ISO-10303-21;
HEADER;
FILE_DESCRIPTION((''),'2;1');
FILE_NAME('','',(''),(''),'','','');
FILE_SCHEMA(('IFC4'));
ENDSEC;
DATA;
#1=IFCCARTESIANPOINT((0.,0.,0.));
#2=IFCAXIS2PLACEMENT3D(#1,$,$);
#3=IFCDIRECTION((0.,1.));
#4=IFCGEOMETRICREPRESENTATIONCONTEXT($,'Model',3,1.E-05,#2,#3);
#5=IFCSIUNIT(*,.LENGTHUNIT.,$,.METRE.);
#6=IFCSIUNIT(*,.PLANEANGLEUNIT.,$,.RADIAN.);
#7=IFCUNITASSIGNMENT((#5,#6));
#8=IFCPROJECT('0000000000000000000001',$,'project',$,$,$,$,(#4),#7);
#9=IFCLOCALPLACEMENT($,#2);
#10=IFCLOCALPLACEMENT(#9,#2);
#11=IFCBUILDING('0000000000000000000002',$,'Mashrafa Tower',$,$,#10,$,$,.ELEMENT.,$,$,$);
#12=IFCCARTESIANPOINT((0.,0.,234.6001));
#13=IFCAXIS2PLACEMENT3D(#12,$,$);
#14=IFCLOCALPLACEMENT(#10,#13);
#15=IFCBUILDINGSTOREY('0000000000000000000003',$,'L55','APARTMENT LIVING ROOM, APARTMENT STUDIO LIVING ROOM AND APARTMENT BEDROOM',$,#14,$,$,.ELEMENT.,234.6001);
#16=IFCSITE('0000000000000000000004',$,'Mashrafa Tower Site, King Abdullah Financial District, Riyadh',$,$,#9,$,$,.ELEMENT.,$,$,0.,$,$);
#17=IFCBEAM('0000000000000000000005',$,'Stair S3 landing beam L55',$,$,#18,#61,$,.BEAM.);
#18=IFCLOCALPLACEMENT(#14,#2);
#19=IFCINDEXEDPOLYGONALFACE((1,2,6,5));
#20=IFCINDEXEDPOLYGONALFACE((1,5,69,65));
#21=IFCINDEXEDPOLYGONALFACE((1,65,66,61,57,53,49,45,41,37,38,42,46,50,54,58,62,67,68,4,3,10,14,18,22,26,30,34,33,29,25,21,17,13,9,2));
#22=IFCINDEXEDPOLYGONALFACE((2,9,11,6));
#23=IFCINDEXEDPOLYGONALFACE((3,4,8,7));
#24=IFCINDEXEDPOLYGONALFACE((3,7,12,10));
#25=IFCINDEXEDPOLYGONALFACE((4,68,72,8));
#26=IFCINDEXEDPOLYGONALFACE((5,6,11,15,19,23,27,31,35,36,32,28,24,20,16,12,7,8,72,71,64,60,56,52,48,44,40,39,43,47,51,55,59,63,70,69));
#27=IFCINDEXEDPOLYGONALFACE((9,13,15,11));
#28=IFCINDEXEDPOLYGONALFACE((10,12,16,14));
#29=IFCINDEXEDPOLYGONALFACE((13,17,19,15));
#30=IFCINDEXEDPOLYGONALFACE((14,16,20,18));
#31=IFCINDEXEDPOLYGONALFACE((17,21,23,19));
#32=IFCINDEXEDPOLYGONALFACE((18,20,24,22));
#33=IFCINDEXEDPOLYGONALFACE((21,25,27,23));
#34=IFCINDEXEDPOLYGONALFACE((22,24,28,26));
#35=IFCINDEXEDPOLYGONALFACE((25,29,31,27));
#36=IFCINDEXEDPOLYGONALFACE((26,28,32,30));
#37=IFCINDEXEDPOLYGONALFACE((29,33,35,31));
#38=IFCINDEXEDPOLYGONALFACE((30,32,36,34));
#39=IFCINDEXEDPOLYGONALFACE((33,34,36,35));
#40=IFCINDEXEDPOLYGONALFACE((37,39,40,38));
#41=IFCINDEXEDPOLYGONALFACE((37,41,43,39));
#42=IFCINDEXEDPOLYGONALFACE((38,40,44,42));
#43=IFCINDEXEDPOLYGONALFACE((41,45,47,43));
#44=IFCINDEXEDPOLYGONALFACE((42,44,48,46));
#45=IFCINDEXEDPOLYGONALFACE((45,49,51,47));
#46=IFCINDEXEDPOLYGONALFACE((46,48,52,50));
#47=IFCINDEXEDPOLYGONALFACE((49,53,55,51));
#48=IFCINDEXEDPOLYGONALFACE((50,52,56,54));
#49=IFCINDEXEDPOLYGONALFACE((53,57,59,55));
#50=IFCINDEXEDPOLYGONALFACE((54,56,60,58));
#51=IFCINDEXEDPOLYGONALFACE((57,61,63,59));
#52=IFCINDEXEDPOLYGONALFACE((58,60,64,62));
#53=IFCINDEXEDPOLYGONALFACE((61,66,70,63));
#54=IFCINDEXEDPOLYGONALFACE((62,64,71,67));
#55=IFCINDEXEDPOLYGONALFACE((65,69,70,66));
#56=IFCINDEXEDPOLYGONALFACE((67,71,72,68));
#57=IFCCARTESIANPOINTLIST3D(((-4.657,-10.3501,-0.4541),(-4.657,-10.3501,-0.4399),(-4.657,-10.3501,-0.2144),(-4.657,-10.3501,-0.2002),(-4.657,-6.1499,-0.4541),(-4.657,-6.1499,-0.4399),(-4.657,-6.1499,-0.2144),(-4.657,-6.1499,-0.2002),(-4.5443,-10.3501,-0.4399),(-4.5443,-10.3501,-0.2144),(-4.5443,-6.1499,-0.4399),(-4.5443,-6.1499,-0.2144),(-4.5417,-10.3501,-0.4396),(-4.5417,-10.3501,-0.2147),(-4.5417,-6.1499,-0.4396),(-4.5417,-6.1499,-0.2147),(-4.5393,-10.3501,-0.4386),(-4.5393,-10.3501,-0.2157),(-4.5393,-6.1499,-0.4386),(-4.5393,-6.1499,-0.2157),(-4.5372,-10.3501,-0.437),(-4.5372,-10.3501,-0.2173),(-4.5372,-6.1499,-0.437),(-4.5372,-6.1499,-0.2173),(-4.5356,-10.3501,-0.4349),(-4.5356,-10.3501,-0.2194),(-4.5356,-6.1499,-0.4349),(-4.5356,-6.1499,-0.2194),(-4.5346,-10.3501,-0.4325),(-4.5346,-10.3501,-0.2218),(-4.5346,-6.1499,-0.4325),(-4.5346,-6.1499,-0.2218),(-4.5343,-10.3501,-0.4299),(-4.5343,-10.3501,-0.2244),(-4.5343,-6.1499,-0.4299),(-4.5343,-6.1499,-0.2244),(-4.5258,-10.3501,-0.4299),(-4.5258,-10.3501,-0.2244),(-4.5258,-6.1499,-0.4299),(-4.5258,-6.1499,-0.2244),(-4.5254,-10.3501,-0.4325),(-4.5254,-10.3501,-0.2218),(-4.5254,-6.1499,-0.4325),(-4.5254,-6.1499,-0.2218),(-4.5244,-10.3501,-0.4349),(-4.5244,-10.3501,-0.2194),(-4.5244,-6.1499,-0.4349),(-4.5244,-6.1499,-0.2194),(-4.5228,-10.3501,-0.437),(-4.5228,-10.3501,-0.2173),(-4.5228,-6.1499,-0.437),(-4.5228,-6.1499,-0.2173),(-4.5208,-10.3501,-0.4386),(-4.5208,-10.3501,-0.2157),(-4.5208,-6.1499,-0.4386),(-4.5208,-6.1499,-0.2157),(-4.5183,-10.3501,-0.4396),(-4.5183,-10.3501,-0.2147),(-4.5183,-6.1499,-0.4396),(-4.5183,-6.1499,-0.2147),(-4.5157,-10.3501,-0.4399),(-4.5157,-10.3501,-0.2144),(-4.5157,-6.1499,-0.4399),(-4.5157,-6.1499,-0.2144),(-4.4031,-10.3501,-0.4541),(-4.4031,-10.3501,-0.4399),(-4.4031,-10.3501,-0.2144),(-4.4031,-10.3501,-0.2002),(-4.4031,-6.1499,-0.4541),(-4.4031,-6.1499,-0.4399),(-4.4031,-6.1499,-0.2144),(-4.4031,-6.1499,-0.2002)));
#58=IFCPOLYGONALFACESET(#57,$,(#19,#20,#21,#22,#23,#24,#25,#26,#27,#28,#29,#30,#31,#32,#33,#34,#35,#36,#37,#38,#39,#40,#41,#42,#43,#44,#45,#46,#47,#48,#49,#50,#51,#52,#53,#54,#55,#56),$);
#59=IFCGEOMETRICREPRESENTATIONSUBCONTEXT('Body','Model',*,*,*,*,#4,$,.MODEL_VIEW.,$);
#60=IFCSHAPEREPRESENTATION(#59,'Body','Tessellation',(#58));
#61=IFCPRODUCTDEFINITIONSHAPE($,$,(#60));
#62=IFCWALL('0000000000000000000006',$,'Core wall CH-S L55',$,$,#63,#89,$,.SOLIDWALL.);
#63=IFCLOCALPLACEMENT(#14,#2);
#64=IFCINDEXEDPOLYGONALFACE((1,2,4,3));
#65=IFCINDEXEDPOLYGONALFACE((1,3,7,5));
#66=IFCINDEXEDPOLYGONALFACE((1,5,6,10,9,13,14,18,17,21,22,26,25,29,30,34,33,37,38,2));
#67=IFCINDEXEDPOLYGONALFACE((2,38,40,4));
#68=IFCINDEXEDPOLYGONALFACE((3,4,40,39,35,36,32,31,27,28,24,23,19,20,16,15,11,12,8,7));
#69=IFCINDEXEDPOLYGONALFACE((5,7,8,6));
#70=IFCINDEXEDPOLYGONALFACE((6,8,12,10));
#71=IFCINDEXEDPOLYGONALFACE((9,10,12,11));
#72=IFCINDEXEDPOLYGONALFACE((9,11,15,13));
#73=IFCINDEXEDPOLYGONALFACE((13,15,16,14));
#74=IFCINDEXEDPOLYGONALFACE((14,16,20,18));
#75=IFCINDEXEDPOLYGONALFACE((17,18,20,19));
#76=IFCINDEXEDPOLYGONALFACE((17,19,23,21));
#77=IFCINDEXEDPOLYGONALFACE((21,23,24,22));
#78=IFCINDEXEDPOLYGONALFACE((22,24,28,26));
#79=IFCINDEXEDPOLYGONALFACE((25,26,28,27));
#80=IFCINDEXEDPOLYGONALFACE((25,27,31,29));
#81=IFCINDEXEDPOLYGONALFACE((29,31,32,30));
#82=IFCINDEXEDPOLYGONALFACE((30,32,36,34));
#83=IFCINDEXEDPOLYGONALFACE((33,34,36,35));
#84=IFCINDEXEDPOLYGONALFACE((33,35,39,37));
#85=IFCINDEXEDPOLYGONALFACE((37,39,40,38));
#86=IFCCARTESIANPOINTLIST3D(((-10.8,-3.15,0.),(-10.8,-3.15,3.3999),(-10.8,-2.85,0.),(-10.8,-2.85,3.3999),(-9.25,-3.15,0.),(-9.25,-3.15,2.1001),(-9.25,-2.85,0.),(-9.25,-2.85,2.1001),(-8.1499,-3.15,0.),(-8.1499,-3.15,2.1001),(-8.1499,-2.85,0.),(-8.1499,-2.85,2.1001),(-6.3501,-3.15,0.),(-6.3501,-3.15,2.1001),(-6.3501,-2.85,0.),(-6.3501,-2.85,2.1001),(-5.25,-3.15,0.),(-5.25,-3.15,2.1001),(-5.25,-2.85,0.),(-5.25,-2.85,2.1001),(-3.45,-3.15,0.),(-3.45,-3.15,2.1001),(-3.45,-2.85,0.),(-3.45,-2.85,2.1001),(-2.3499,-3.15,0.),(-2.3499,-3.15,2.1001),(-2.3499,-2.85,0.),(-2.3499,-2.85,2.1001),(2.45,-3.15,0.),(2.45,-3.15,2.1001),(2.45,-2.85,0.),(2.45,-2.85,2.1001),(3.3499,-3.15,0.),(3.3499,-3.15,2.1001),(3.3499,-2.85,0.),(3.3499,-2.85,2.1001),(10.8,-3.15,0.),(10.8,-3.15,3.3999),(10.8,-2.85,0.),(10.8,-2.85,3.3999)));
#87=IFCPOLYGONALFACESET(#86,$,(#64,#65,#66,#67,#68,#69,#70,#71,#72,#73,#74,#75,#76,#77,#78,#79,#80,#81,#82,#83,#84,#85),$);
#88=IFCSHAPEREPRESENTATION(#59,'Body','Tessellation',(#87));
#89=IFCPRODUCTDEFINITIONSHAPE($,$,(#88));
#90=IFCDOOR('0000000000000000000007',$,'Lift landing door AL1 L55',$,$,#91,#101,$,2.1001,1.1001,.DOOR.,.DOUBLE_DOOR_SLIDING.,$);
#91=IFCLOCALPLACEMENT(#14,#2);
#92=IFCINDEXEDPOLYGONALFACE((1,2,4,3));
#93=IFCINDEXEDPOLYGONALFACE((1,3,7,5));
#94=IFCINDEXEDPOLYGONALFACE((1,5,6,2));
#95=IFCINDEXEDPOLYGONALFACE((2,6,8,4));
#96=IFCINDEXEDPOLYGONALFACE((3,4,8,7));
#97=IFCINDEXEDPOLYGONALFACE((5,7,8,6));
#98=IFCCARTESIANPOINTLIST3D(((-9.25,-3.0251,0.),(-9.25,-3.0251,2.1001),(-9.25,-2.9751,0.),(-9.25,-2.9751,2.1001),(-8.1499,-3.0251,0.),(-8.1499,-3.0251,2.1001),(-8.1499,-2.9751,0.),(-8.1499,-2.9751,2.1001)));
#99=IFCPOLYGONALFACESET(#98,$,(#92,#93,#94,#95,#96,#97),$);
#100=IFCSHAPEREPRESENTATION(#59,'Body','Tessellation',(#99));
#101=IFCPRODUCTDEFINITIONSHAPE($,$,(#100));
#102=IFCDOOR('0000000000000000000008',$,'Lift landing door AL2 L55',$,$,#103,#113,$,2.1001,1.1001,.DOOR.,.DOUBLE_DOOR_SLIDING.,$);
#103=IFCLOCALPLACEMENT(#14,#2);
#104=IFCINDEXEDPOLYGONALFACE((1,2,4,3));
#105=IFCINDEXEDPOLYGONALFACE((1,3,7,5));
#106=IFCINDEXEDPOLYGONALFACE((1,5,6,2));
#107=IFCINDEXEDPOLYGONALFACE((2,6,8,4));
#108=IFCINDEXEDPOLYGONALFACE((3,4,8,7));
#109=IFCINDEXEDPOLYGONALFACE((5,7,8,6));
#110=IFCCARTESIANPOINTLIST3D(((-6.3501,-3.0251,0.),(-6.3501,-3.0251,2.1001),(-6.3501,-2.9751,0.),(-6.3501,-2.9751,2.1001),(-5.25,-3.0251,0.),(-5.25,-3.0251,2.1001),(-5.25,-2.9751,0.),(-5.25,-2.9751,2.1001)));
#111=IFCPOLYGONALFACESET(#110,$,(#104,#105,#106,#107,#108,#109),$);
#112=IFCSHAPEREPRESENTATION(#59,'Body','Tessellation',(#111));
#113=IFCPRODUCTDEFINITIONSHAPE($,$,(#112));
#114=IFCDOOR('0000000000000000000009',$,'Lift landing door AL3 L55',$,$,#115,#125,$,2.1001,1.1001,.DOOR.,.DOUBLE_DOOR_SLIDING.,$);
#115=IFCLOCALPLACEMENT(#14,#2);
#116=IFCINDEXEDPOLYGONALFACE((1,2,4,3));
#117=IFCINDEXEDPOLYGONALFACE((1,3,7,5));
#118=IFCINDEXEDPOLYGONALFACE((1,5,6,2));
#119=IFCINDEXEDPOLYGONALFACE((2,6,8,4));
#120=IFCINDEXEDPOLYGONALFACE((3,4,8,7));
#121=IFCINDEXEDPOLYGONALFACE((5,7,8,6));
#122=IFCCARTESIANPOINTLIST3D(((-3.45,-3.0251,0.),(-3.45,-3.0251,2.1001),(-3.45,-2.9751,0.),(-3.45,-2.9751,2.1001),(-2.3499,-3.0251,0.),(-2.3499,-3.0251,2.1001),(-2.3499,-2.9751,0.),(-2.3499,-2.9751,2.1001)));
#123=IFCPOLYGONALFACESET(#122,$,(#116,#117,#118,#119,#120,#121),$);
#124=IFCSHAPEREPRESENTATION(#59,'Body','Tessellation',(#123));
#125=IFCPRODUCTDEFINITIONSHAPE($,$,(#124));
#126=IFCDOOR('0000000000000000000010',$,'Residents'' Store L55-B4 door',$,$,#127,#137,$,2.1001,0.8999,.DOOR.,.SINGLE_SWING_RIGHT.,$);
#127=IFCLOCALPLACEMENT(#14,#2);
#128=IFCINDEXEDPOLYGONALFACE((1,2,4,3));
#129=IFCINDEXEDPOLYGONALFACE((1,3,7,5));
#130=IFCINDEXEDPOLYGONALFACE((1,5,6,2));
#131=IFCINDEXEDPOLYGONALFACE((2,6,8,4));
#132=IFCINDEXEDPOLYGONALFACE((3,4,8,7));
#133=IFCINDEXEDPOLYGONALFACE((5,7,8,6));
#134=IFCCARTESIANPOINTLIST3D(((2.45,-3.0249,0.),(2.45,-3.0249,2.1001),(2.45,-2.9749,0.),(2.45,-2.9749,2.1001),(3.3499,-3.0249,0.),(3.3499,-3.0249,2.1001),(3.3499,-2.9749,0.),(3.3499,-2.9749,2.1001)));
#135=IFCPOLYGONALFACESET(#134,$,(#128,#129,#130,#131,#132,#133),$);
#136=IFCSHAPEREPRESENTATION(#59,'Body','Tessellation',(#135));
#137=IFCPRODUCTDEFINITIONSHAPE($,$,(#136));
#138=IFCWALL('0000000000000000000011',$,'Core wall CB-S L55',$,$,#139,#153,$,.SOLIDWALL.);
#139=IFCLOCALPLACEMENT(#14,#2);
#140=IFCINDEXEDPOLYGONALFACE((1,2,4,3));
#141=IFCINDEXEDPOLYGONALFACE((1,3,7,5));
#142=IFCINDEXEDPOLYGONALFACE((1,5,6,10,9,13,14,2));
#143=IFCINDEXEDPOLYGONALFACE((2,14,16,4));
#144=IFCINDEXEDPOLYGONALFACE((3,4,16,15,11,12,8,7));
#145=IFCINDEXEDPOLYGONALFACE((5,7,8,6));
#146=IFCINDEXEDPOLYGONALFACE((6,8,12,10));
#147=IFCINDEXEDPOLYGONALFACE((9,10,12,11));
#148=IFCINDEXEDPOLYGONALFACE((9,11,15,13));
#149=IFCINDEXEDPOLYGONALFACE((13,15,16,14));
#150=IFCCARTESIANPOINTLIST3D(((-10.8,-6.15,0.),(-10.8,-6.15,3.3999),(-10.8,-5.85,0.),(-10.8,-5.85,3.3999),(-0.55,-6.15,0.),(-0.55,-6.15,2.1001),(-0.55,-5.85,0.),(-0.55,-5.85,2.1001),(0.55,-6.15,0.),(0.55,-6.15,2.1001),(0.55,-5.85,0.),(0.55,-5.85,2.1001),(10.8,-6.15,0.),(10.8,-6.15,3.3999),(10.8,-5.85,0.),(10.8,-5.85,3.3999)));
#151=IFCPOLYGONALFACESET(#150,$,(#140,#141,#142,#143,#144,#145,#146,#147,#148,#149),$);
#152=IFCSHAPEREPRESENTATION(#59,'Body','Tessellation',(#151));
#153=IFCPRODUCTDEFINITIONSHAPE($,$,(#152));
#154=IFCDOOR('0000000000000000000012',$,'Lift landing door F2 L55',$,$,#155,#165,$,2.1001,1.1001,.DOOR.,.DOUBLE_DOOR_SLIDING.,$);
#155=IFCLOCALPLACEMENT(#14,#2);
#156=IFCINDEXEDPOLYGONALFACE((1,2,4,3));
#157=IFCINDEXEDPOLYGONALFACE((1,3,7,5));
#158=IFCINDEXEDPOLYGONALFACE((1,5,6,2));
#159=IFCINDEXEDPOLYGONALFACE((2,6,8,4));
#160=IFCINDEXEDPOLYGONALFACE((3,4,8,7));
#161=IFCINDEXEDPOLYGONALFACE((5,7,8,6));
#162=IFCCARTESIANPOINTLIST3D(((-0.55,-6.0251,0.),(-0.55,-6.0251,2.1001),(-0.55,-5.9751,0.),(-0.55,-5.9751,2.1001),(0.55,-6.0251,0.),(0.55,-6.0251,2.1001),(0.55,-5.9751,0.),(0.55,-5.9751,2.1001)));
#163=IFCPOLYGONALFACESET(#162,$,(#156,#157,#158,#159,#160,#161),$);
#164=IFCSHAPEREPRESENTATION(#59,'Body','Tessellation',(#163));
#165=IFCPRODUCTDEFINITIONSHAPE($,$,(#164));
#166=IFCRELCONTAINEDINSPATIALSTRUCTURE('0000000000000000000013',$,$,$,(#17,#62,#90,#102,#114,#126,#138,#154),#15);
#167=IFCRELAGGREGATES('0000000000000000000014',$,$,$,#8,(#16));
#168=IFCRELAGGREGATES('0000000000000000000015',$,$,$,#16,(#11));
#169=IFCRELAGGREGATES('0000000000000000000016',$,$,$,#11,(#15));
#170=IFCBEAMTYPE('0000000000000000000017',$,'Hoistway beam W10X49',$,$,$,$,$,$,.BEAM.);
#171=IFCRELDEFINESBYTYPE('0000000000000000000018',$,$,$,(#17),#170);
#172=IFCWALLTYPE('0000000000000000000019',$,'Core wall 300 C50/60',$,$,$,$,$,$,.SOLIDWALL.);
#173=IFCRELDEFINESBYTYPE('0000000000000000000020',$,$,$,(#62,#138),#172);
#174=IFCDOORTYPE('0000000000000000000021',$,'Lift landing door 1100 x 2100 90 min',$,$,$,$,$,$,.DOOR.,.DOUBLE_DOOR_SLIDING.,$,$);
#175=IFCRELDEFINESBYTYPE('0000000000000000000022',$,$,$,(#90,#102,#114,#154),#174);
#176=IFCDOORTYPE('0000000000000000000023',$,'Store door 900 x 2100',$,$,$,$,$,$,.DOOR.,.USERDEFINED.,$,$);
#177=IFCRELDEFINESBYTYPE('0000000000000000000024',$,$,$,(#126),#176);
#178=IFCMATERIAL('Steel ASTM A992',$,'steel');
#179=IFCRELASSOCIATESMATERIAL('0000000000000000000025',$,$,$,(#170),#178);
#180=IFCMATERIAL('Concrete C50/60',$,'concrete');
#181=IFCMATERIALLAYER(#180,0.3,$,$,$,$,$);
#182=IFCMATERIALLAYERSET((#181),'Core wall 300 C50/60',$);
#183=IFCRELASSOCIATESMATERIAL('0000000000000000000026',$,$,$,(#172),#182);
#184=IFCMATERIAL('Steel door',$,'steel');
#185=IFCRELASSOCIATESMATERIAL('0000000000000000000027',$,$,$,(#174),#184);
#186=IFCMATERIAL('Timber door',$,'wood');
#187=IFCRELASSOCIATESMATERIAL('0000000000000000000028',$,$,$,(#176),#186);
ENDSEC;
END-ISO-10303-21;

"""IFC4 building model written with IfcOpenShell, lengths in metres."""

from ifc_helpers import new_model, si_unit, direction, frame, frame_2d, origin, origin_2d, place, context, subcontext, project, spatial, rectangle, i_section, extrude, material, layer, layer_set, material_profile, profile_set, type_object, element, fill, save


model = new_model("IFC4")

# Units and contexts
model_context = context("Model", 3, precision=1e-05, world=origin(), true_north=direction((0.0, 1.0)))
body_context = subcontext(model_context, "Body", "Model", "MODEL_VIEW")
ifc_project = project(units=[si_unit("LENGTHUNIT", "METRE"), si_unit("PLANEANGLEUNIT", "RADIAN")], contexts=[model_context])

# Site, building, storey
site_placement = place(None, origin())
site = spatial("IfcSite", under=ifc_project, at=site_placement, Name="Mashrafa Tower Site, King Abdullah Financial District, Riyadh", CompositionType="ELEMENT", RefElevation=0.0)
building_placement = place(site_placement, origin())
building = spatial("IfcBuilding", under=site, at=building_placement, Name="Mashrafa Tower", CompositionType="ELEMENT")
storey_placement = place(building_placement, frame((0.0, 0.0, 234.6001)))
storey = spatial("IfcBuildingStorey", under=building, at=storey_placement, Name="L55", Description="APARTMENT LIVING ROOM, APARTMENT STUDIO LIVING ROOM AND APARTMENT BEDROOM", CompositionType="ELEMENT", Elevation=234.6001)

# Beam
ifc_material_1 = material(Name="Steel ASTM A992", Category="steel")
ifc_material_profile_1 = material_profile(ifc_material_1, i_section(OverallWidth=0.2539, OverallDepth=0.2539, WebThickness=0.0085, FlangeThickness=0.0142, FilletRadius=0.01, at=origin_2d()), Name="W10X49")
ifc_profile_set_1 = profile_set([ifc_material_profile_1], Name="Steel ASTM A992")
beam_type_1 = type_object("IfcBeamType", Name="Hoistway beam W10X49", PredefinedType="BEAM", material=ifc_profile_set_1)
beam_1_placement = place(storey_placement, frame((-4.53, -10.3501, -0.3271), z_axis=(0.0, 1.0, 0.0), x_axis=(-1.0, 0.0, 0.0)))
element("IfcBeam", 1, at=beam_1_placement, inside=storey, type_object=beam_type_1, Name="Stair S3 landing beam L55", PredefinedType="BEAM", context=body_context, shape_type="SweptSolid", body=[
    extrude(i_section(OverallWidth=0.2539, OverallDepth=0.2539, WebThickness=0.0085, FlangeThickness=0.0142, FilletRadius=0.01, at=origin_2d()), origin(), (0.0, 0.0, 1.0), 4.2002),
])

# Wall, openings, doors
ifc_material_2 = material(Name="Concrete C50/60", Category="concrete")
ifc_layer_1 = layer(ifc_material_2, 0.3)
ifc_layer_set_1 = layer_set([ifc_layer_1], Name="Core wall 300 C50/60")
wall_type_1 = type_object("IfcWallType", Name="Core wall 300 C50/60", PredefinedType="SOLIDWALL", material=ifc_layer_set_1)
wall_1_placement = place(storey_placement, frame((-10.8, -3.0, 0.0), z_axis=(0.0, 0.0, 1.0), x_axis=(1.0, 0.0, 0.0)))
wall_1 = element("IfcWall", 2, at=wall_1_placement, inside=storey, type_object=wall_type_1, Name="Core wall CH-S L55", PredefinedType="SOLIDWALL", context=body_context, shape_type="SweptSolid", body=[
    extrude(rectangle(XDim=21.6001, YDim=0.3, at=frame_2d((10.8, 0.0))), origin(), (0.0, 0.0, 1.0), 3.3999),
])
opening_1_placement = place(wall_1_placement, frame((13.25, 0.0, 0.0)))
opening_1 = element("IfcOpeningElement", 3, at=opening_1_placement, cuts=wall_1, PredefinedType="OPENING", context=body_context, shape_type="SweptSolid", body=[
    extrude(rectangle(XDim=0.8999, YDim=2.1001, at=frame_2d((0.45, 1.05))), frame((0.0, 0.1599, 0.0), z_axis=(0.0, -1.0, 0.0), x_axis=(1.0, 0.0, 0.0)), (0.0, 0.0, 1.0), 0.3201),
])
opening_2_placement = place(wall_1_placement, frame((1.55, 0.0, 0.0)))
opening_2 = element("IfcOpeningElement", 4, at=opening_2_placement, cuts=wall_1, PredefinedType="OPENING", context=body_context, shape_type="SweptSolid", body=[
    extrude(rectangle(XDim=1.1001, YDim=2.1001, at=frame_2d((0.55, 1.05))), frame((0.0, 0.1599, 0.0), z_axis=(0.0, -1.0, 0.0), x_axis=(1.0, 0.0, 0.0)), (0.0, 0.0, 1.0), 0.3201),
])
opening_3_placement = place(wall_1_placement, frame((4.45, 0.0, 0.0)))
opening_3 = element("IfcOpeningElement", 5, at=opening_3_placement, cuts=wall_1, PredefinedType="OPENING", context=body_context, shape_type="SweptSolid", body=[
    extrude(rectangle(XDim=1.1001, YDim=2.1001, at=frame_2d((0.55, 1.05))), frame((0.0, 0.1599, 0.0), z_axis=(0.0, -1.0, 0.0), x_axis=(1.0, 0.0, 0.0)), (0.0, 0.0, 1.0), 0.3201),
])
opening_4_placement = place(wall_1_placement, frame((7.3501, 0.0, 0.0)))
opening_4 = element("IfcOpeningElement", 6, at=opening_4_placement, cuts=wall_1, PredefinedType="OPENING", context=body_context, shape_type="SweptSolid", body=[
    extrude(rectangle(XDim=1.1001, YDim=2.1001, at=frame_2d((0.55, 1.05))), frame((0.0, 0.1599, 0.0), z_axis=(0.0, -1.0, 0.0), x_axis=(1.0, 0.0, 0.0)), (0.0, 0.0, 1.0), 0.3201),
])
ifc_material_3 = material(Name="Steel door", Category="steel")
door_type_1 = type_object("IfcDoorType", Name="Lift landing door 1100 x 2100 90 min", OperationType="DOUBLE_DOOR_SLIDING", PredefinedType="DOOR", material=ifc_material_3)
door_1_placement = place(opening_2_placement, origin())
door_1 = element("IfcDoor", 7, at=door_1_placement, inside=storey, type_object=door_type_1, Name="Lift landing door AL1 L55", OperationType="DOUBLE_DOOR_SLIDING", OverallHeight=2.1001, OverallWidth=1.1001, PredefinedType="DOOR", context=body_context, shape_type="SweptSolid", body=[
    extrude(rectangle(XDim=1.1001, YDim=2.1001, at=frame_2d((0.55, 1.05))), frame((0.0, 0.0249, 0.0), z_axis=(0.0, -1.0, 0.0), x_axis=(1.0, 0.0, 0.0)), (0.0, 0.0, 1.0), 0.05),
])
fill(opening_2, door_1)
door_2_placement = place(opening_3_placement, origin())
door_2 = element("IfcDoor", 8, at=door_2_placement, inside=storey, type_object=door_type_1, Name="Lift landing door AL2 L55", OperationType="DOUBLE_DOOR_SLIDING", OverallHeight=2.1001, OverallWidth=1.1001, PredefinedType="DOOR", context=body_context, shape_type="SweptSolid", body=[
    extrude(rectangle(XDim=1.1001, YDim=2.1001, at=frame_2d((0.55, 1.05))), frame((0.0, 0.0249, 0.0), z_axis=(0.0, -1.0, 0.0), x_axis=(1.0, 0.0, 0.0)), (0.0, 0.0, 1.0), 0.05),
])
fill(opening_3, door_2)
door_3_placement = place(opening_4_placement, origin())
door_3 = element("IfcDoor", 9, at=door_3_placement, inside=storey, type_object=door_type_1, Name="Lift landing door AL3 L55", OperationType="DOUBLE_DOOR_SLIDING", OverallHeight=2.1001, OverallWidth=1.1001, PredefinedType="DOOR", context=body_context, shape_type="SweptSolid", body=[
    extrude(rectangle(XDim=1.1001, YDim=2.1001, at=frame_2d((0.55, 1.05))), frame((0.0, 0.0249, 0.0), z_axis=(0.0, -1.0, 0.0), x_axis=(1.0, 0.0, 0.0)), (0.0, 0.0, 1.0), 0.05),
])
fill(opening_4, door_3)
ifc_material_4 = material(Name="Timber door", Category="wood")
door_type_2 = type_object("IfcDoorType", Name="Store door 900 x 2100", OperationType="USERDEFINED", PredefinedType="DOOR", material=ifc_material_4)
door_4_placement = place(opening_1_placement, frame((0.8999, 0.0, 0.0), z_axis=(0.0, 0.0, 1.0), x_axis=(-1.0, 0.0, 0.0)))
door_4 = element("IfcDoor", 10, at=door_4_placement, inside=storey, type_object=door_type_2, Name="Residents' Store L55-B4 door", OperationType="SINGLE_SWING_RIGHT", OverallHeight=2.1001, OverallWidth=0.8999, PredefinedType="DOOR", context=body_context, shape_type="SweptSolid", body=[
    extrude(rectangle(XDim=0.8999, YDim=2.1001, at=frame_2d((0.45, 1.05))), frame((0.0, 0.0249, 0.0), z_axis=(0.0, -1.0, 0.0), x_axis=(1.0, 0.0, 0.0)), (0.0, 0.0, 1.0), 0.05),
])
fill(opening_1, door_4)

# Wall, opening, door
wall_2_placement = place(storey_placement, frame((-10.8, -6.0, 0.0), z_axis=(0.0, 0.0, 1.0), x_axis=(1.0, 0.0, 0.0)))
wall_2 = element("IfcWall", 11, at=wall_2_placement, inside=storey, type_object=wall_type_1, Name="Core wall CB-S L55", PredefinedType="SOLIDWALL", context=body_context, shape_type="SweptSolid", body=[
    extrude(rectangle(XDim=21.6001, YDim=0.3, at=frame_2d((10.8, 0.0))), origin(), (0.0, 0.0, 1.0), 3.3999),
])
opening_5_placement = place(wall_2_placement, frame((10.25, 0.0, 0.0)))
opening_5 = element("IfcOpeningElement", 12, at=opening_5_placement, cuts=wall_2, PredefinedType="OPENING", context=body_context, shape_type="SweptSolid", body=[
    extrude(rectangle(XDim=1.1001, YDim=2.1001, at=frame_2d((0.55, 1.05))), frame((0.0, 0.1599, 0.0), z_axis=(0.0, -1.0, 0.0), x_axis=(1.0, 0.0, 0.0)), (0.0, 0.0, 1.0), 0.3201),
])
door_5_placement = place(opening_5_placement, origin())
door_5 = element("IfcDoor", 13, at=door_5_placement, inside=storey, type_object=door_type_1, Name="Lift landing door F2 L55", OperationType="DOUBLE_DOOR_SLIDING", OverallHeight=2.1001, OverallWidth=1.1001, PredefinedType="DOOR", context=body_context, shape_type="SweptSolid", body=[
    extrude(rectangle(XDim=1.1001, YDim=2.1001, at=frame_2d((0.55, 1.05))), frame((0.0, 0.0249, 0.0), z_axis=(0.0, -1.0, 0.0), x_axis=(1.0, 0.0, 0.0)), (0.0, 0.0, 1.0), 0.05),
])
fill(opening_5, door_5)

save(model, "model.ifc")
